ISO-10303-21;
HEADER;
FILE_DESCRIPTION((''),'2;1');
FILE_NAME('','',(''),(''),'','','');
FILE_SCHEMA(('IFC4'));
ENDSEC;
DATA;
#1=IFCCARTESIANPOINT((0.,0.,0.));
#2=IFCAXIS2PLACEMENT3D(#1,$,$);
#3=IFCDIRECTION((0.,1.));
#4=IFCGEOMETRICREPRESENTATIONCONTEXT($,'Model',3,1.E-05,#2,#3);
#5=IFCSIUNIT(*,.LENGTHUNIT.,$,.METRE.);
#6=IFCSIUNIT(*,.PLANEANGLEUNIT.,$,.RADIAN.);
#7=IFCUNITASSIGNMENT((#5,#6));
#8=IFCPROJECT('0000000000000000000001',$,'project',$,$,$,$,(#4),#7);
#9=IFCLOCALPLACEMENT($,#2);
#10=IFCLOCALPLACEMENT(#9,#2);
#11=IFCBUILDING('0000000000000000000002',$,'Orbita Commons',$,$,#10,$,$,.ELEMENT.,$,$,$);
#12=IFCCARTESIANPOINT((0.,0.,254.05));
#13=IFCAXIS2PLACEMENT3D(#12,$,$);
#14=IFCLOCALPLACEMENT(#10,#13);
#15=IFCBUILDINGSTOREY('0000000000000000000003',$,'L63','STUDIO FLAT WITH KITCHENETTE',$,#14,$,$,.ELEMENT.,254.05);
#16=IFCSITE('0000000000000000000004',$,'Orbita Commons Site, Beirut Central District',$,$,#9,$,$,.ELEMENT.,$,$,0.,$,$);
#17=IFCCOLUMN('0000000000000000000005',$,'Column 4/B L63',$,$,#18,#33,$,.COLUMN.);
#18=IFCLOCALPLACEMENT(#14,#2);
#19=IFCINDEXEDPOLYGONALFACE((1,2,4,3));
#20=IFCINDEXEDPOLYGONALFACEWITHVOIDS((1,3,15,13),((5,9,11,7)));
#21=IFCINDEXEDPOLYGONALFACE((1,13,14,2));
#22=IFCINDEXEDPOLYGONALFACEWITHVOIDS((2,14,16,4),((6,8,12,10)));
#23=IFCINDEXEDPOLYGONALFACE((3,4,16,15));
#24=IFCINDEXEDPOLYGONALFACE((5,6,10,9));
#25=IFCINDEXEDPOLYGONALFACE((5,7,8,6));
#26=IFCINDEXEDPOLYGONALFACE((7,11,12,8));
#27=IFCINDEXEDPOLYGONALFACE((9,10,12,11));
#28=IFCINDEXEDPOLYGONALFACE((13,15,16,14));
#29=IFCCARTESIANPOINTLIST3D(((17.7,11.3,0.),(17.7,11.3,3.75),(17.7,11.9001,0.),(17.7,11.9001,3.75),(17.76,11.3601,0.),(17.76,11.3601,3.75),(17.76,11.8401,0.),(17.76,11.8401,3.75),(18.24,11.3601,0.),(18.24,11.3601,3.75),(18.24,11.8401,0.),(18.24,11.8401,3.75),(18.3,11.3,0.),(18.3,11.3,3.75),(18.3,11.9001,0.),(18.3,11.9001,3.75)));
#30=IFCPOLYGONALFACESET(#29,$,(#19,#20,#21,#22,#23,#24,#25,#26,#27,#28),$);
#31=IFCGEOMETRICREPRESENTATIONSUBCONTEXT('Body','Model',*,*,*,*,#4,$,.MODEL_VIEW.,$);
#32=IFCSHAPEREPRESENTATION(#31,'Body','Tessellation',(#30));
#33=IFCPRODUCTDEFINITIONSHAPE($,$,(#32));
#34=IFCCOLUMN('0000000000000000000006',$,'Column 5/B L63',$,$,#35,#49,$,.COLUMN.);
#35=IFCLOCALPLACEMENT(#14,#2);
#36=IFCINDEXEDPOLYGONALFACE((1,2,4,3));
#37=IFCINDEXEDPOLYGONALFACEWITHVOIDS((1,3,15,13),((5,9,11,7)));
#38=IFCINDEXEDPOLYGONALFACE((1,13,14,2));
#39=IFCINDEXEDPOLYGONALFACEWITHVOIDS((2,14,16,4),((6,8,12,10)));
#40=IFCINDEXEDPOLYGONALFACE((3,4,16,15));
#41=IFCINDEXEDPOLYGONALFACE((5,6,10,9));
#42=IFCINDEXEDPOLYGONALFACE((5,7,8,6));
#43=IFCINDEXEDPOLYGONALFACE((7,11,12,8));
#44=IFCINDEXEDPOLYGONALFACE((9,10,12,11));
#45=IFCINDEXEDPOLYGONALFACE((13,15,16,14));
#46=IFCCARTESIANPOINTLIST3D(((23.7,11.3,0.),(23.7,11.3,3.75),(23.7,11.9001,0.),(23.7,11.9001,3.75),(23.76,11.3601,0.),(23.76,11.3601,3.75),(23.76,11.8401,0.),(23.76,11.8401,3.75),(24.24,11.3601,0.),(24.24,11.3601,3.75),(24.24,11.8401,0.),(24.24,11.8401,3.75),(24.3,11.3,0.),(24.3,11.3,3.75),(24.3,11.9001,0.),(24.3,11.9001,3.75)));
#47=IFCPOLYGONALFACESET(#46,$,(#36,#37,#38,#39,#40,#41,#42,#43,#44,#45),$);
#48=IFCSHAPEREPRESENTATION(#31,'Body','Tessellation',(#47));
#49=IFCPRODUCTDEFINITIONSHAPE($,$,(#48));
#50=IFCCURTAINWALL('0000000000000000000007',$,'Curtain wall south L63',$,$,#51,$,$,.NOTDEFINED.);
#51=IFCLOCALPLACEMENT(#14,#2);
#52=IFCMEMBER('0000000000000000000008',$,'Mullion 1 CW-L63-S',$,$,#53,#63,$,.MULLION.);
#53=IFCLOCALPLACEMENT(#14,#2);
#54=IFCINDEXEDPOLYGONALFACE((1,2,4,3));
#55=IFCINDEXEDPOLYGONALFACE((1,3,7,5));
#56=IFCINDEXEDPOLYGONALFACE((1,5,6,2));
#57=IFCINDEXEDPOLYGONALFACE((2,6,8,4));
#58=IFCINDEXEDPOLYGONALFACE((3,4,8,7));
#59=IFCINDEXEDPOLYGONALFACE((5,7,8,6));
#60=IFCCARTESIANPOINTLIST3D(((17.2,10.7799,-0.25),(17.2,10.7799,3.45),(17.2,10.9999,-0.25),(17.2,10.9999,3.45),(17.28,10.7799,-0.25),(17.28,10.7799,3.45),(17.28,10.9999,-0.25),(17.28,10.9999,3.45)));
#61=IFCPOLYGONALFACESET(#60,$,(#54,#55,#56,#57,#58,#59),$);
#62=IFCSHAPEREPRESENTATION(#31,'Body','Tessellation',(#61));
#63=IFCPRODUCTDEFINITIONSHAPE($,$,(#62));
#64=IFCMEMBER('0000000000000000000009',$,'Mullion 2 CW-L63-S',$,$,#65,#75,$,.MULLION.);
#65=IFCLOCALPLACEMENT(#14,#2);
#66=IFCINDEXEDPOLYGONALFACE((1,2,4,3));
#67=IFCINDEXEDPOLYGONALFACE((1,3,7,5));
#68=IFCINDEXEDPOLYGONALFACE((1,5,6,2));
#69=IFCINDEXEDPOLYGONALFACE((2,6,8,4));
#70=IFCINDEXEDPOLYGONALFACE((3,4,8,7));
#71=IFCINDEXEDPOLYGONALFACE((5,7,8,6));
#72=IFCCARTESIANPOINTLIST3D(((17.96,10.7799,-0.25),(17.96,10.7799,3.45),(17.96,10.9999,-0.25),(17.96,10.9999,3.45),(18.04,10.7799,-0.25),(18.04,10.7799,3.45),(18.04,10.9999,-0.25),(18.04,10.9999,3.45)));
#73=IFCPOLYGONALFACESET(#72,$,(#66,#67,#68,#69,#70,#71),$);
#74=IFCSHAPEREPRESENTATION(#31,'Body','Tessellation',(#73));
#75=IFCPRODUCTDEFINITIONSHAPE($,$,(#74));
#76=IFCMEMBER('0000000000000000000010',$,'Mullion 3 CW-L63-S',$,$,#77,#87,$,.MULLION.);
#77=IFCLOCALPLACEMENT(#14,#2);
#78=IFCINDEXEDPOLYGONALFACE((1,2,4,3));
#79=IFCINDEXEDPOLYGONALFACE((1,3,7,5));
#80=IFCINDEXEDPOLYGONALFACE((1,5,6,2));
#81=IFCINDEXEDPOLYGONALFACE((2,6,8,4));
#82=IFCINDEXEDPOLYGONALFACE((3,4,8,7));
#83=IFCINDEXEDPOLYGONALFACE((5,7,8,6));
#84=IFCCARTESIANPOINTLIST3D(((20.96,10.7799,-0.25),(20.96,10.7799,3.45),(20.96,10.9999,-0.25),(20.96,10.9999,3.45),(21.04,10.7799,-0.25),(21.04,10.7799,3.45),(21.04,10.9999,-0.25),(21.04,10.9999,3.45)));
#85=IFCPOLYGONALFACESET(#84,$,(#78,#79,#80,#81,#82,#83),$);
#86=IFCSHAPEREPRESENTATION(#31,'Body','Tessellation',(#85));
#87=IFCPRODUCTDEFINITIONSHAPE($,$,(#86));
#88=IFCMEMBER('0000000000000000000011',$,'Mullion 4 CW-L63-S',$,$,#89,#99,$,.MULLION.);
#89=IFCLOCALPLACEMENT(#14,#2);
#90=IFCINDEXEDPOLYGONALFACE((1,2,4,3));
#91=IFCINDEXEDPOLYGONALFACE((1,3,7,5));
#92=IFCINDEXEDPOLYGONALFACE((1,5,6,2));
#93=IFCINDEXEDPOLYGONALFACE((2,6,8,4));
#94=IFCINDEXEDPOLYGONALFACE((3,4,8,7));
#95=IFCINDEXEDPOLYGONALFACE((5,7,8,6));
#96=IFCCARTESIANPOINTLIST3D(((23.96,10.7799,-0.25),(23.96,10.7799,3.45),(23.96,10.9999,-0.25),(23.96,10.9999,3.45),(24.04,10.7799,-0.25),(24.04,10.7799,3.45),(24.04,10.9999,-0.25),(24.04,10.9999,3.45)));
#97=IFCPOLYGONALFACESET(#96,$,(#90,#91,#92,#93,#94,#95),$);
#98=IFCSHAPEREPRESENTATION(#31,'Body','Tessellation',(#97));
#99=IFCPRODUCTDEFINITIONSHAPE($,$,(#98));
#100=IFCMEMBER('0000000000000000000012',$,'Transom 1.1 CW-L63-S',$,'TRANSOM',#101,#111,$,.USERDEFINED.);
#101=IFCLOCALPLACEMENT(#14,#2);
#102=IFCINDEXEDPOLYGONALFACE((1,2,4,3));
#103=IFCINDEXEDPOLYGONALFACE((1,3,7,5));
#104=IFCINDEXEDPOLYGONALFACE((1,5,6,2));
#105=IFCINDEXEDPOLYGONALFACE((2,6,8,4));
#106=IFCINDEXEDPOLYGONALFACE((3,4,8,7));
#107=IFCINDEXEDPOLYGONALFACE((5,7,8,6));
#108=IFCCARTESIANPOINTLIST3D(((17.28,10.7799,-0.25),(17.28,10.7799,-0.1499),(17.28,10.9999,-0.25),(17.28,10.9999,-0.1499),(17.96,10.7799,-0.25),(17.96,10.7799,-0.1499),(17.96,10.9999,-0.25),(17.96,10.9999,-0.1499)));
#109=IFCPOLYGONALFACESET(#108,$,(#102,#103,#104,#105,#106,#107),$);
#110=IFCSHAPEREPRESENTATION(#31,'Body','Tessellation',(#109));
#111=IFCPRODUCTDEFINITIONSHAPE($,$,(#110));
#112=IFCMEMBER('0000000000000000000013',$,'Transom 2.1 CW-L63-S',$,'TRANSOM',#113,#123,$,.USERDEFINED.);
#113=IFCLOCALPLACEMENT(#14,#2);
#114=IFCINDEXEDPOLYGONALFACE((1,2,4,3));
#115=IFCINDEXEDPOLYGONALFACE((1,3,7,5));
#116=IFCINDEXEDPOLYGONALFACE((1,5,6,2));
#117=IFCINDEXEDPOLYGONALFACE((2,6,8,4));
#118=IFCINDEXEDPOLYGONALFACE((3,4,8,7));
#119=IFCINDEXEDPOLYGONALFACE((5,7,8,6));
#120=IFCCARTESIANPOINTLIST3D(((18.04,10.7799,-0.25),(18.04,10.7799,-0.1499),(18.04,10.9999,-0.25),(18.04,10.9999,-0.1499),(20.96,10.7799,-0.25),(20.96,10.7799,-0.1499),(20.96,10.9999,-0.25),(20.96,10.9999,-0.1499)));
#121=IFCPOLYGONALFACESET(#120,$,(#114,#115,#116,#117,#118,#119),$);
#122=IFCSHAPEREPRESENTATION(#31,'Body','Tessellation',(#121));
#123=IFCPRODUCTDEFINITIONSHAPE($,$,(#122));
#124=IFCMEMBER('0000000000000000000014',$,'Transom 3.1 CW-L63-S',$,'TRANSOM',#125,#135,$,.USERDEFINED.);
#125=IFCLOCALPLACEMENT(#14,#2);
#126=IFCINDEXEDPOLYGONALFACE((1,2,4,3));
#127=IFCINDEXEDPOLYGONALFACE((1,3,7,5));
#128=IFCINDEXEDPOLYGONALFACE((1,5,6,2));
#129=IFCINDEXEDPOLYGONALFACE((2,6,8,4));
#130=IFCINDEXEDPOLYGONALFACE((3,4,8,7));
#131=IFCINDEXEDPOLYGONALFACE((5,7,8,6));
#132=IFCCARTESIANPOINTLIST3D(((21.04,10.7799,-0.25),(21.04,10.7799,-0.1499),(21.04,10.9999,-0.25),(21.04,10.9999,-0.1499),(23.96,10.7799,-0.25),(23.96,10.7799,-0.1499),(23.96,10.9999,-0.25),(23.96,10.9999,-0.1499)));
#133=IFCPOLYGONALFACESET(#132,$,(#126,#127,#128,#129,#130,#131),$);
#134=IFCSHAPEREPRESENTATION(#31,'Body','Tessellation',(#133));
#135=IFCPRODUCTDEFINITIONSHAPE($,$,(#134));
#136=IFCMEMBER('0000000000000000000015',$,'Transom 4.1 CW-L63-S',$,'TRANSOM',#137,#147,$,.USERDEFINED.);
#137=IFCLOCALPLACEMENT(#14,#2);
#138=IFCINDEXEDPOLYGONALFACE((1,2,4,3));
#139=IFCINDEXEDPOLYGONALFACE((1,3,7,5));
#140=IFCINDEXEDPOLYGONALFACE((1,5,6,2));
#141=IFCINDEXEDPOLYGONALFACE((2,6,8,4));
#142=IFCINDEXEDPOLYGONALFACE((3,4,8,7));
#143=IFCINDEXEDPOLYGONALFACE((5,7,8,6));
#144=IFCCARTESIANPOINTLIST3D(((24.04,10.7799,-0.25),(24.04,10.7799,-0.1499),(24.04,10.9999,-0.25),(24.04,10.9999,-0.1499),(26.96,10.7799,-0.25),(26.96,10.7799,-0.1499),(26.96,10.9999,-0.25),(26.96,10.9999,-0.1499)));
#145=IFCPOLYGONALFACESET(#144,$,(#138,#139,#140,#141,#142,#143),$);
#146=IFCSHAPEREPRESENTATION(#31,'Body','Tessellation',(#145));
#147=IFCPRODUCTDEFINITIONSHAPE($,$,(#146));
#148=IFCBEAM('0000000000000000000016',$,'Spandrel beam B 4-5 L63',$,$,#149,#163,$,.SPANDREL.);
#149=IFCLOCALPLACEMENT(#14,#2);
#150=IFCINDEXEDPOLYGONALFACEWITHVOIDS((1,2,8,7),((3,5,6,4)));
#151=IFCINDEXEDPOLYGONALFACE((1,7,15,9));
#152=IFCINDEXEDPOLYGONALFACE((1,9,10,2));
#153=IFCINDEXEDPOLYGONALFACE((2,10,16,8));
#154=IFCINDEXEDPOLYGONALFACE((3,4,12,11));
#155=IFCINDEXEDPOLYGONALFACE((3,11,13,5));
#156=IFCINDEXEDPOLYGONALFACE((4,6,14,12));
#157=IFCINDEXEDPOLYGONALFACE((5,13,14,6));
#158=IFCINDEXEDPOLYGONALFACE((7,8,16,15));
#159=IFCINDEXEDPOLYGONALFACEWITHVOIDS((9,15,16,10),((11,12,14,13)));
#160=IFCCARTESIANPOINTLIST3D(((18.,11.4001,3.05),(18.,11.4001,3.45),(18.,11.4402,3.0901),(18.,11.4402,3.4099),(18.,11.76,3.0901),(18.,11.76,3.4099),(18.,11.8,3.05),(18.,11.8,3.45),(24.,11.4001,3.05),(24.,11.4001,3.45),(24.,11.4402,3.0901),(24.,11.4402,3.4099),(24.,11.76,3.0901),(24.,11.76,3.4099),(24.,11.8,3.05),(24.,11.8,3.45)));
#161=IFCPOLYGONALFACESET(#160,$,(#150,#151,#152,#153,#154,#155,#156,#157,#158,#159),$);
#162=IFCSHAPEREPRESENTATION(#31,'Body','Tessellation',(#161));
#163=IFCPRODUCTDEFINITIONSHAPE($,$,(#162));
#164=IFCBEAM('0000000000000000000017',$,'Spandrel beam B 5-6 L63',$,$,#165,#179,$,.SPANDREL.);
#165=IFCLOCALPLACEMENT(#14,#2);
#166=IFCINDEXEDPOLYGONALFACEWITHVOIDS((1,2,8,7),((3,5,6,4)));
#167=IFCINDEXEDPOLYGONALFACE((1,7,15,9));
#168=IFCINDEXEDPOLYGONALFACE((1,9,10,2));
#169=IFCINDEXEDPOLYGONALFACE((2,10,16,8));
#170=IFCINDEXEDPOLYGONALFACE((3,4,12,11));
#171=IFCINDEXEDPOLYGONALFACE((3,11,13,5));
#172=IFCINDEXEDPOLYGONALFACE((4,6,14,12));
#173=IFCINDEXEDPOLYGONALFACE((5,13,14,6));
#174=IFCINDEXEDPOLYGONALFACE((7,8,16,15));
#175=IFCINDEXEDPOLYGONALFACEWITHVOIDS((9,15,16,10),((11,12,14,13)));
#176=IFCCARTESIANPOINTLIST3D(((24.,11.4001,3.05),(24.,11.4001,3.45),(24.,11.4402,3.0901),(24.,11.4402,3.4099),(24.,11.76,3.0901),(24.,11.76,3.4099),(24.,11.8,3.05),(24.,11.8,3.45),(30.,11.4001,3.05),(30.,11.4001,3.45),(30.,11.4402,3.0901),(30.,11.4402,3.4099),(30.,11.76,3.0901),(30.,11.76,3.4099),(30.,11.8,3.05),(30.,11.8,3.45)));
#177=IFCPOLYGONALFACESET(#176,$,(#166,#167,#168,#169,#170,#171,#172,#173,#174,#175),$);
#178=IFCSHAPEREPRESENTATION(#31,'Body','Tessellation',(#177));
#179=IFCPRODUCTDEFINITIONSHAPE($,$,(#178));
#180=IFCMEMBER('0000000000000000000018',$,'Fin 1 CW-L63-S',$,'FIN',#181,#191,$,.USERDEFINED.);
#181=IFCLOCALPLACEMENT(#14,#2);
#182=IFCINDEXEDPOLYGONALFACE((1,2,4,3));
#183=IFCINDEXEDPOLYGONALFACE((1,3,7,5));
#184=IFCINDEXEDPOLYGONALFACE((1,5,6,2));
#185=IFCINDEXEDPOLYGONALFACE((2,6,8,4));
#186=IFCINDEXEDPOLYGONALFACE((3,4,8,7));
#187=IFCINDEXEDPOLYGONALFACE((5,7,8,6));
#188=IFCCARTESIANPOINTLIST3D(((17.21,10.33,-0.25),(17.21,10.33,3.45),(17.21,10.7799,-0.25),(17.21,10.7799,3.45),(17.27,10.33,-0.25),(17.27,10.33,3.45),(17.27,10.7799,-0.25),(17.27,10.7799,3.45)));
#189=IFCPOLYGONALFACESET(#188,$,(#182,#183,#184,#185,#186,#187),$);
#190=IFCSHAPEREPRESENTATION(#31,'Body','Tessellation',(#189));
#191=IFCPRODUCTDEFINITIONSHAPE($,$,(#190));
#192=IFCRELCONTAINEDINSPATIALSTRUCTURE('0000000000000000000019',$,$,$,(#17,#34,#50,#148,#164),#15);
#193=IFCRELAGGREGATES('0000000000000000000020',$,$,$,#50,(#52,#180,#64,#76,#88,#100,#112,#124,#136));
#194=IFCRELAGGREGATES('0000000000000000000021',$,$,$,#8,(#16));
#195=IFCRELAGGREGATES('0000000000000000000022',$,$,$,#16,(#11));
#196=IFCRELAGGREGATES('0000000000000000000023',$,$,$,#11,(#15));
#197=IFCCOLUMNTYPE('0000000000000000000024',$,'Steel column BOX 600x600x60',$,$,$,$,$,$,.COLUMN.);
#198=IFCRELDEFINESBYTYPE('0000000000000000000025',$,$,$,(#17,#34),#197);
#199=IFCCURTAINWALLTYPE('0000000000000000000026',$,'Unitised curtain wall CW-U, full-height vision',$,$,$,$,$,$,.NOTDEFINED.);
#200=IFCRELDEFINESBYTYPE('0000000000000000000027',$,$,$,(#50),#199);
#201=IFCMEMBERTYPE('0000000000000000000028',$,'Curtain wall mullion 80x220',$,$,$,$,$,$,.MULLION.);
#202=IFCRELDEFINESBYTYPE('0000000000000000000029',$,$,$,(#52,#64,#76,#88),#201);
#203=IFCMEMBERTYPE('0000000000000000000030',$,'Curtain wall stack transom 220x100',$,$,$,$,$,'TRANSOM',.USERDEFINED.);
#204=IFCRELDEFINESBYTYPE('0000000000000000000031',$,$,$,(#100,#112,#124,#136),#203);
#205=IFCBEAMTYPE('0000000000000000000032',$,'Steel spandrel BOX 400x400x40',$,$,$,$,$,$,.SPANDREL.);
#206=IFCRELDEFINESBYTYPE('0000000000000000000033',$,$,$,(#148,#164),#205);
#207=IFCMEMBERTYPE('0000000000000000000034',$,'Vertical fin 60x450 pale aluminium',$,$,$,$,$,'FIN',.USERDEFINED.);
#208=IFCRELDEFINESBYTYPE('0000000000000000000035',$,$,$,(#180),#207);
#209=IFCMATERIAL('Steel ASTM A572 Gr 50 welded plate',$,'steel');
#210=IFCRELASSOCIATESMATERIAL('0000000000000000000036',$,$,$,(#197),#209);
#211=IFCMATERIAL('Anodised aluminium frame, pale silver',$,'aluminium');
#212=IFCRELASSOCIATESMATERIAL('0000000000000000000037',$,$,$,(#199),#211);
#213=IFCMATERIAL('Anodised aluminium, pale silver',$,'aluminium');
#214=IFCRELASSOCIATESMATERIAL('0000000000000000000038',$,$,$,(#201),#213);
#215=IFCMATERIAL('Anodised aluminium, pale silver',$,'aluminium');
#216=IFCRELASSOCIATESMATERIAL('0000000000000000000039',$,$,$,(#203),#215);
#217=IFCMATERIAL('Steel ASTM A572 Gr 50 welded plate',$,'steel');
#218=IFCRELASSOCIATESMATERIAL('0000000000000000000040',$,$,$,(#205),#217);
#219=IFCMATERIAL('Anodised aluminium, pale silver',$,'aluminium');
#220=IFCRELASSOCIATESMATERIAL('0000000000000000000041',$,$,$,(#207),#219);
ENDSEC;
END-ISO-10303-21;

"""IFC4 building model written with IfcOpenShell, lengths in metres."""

from ifc_helpers import new_model, si_unit, direction, frame, origin, origin_2d, place, context, subcontext, project, spatial, rectangle, hollow_rectangle, extrude, material, material_profile, profile_set, type_object, element, aggregate, save


model = new_model("IFC4")

# Units and contexts
model_context = context("Model", 3, precision=1e-05, world=origin(), true_north=direction((0.0, 1.0)))
body_context = subcontext(model_context, "Body", "Model", "MODEL_VIEW")
ifc_project = project(units=[si_unit("LENGTHUNIT", "METRE"), si_unit("PLANEANGLEUNIT", "RADIAN")], contexts=[model_context])

# Site, building, storey
site_placement = place(None, origin())
site = spatial("IfcSite", under=ifc_project, at=site_placement, Name="Orbita Commons Site, Beirut Central District", CompositionType="ELEMENT", RefElevation=0.0)
building_placement = place(site_placement, origin())
building = spatial("IfcBuilding", under=site, at=building_placement, Name="Orbita Commons", CompositionType="ELEMENT")
storey_placement = place(building_placement, frame((0.0, 0.0, 254.05)))
storey = spatial("IfcBuildingStorey", under=building, at=storey_placement, Name="L63", Description="STUDIO FLAT WITH KITCHENETTE", CompositionType="ELEMENT", Elevation=254.05)

# Columns
ifc_material_1 = material(Name="Steel ASTM A572 Gr 50 welded plate", Category="steel")
ifc_material_profile_1 = material_profile(ifc_material_1, hollow_rectangle(XDim=0.6001, YDim=0.6001, WallThickness=0.0601, at=origin_2d()), Name="BOX 600x600x60")
ifc_profile_set_1 = profile_set([ifc_material_profile_1], Name="Steel ASTM A572 Gr 50 welded plate")
column_type = type_object("IfcColumnType", Name="Steel column BOX 600x600x60", PredefinedType="COLUMN", material=ifc_profile_set_1)
for number, where, z_axis, x_axis, name in (
    (1, (18.0, 11.6001, 0.0), (0.0, 0.0, 1.0), (1.0, 0.0, 0.0), "Column 4/B L63"),
    (2, (24.0, 11.6001, 0.0), (0.0, 0.0, 1.0), (1.0, 0.0, 0.0), "Column 5/B L63"),
):
    element("IfcColumn", number, at=place(storey_placement, frame(where, z_axis=z_axis, x_axis=x_axis)), inside=storey, type_object=column_type, Name=name, PredefinedType="COLUMN", context=body_context, shape_type="SweptSolid", body=[
        extrude(hollow_rectangle(XDim=0.6001, YDim=0.6001, WallThickness=0.0601, at=origin_2d()), origin(), (0.0, 0.0, 1.0), 3.75),
    ])

# Curtain wall, members
ifc_material_2 = material(Name="Anodised aluminium frame, pale silver", Category="aluminium")
curtain_wall_type = type_object("IfcCurtainWallType", Name="Unitised curtain wall CW-U, full-height vision", PredefinedType="NOTDEFINED", material=ifc_material_2)
curtain_wall_placement = place(storey_placement, origin())
curtain_wall = element("IfcCurtainWall", 3, at=curtain_wall_placement, inside=storey, type_object=curtain_wall_type, Name="Curtain wall south L63", PredefinedType="NOTDEFINED")
ifc_material_3 = material(Name="Anodised aluminium, pale silver", Category="aluminium")
ifc_material_profile_2 = material_profile(ifc_material_3, rectangle(XDim=0.0801, YDim=0.22, at=origin_2d()), Name="AL 80x220")
ifc_profile_set_2 = profile_set([ifc_material_profile_2], Name="Anodised aluminium, pale silver")
member_type_1 = type_object("IfcMemberType", Name="Curtain wall mullion 80x220", PredefinedType="MULLION", material=ifc_profile_set_2)
member_1_placement = place(storey_placement, frame((17.24, 10.8899, -0.25), z_axis=(0.0, 0.0, 1.0), x_axis=(1.0, 0.0, 0.0)))
member_1 = element("IfcMember", 4, at=member_1_placement, type_object=member_type_1, Name="Mullion 1 CW-L63-S", PredefinedType="MULLION", context=body_context, shape_type="SweptSolid", body=[
    extrude(rectangle(XDim=0.0801, YDim=0.22, at=origin_2d()), origin(), (0.0, 0.0, 1.0), 3.7),
])
member_2_placement = place(storey_placement, frame((18.0, 10.8899, -0.25), z_axis=(0.0, 0.0, 1.0), x_axis=(1.0, 0.0, 0.0)))
member_2 = element("IfcMember", 5, at=member_2_placement, type_object=member_type_1, Name="Mullion 2 CW-L63-S", PredefinedType="MULLION", context=body_context, shape_type="SweptSolid", body=[
    extrude(rectangle(XDim=0.0801, YDim=0.22, at=origin_2d()), origin(), (0.0, 0.0, 1.0), 3.7),
])
member_3_placement = place(storey_placement, frame((21.0, 10.8899, -0.25), z_axis=(0.0, 0.0, 1.0), x_axis=(1.0, 0.0, 0.0)))
member_3 = element("IfcMember", 6, at=member_3_placement, type_object=member_type_1, Name="Mullion 3 CW-L63-S", PredefinedType="MULLION", context=body_context, shape_type="SweptSolid", body=[
    extrude(rectangle(XDim=0.0801, YDim=0.22, at=origin_2d()), origin(), (0.0, 0.0, 1.0), 3.7),
])
member_4_placement = place(storey_placement, frame((24.0, 10.8899, -0.25), z_axis=(0.0, 0.0, 1.0), x_axis=(1.0, 0.0, 0.0)))
member_4 = element("IfcMember", 7, at=member_4_placement, type_object=member_type_1, Name="Mullion 4 CW-L63-S", PredefinedType="MULLION", context=body_context, shape_type="SweptSolid", body=[
    extrude(rectangle(XDim=0.0801, YDim=0.22, at=origin_2d()), origin(), (0.0, 0.0, 1.0), 3.7),
])
ifc_material_4 = material(Name="Anodised aluminium, pale silver", Category="aluminium")
ifc_material_profile_3 = material_profile(ifc_material_4, rectangle(XDim=0.22, YDim=0.1001, at=origin_2d()), Name="AL 220x100")
ifc_profile_set_3 = profile_set([ifc_material_profile_3], Name="Anodised aluminium, pale silver")
member_type_2 = type_object("IfcMemberType", Name="Curtain wall stack transom 220x100", ElementType="TRANSOM", PredefinedType="USERDEFINED", material=ifc_profile_set_3)
member_5_placement = place(storey_placement, frame((17.28, 10.8899, -0.2), z_axis=(1.0, 0.0, 0.0), x_axis=(0.0, 1.0, 0.0)))
member_5 = element("IfcMember", 8, at=member_5_placement, type_object=member_type_2, Name="Transom 1.1 CW-L63-S", ObjectType="TRANSOM", PredefinedType="USERDEFINED", context=body_context, shape_type="SweptSolid", body=[
    extrude(rectangle(XDim=0.22, YDim=0.1001, at=origin_2d()), origin(), (0.0, 0.0, 1.0), 0.6799),
])
member_6_placement = place(storey_placement, frame((18.04, 10.8899, -0.2), z_axis=(1.0, 0.0, 0.0), x_axis=(0.0, 1.0, 0.0)))
member_6 = element("IfcMember", 9, at=member_6_placement, type_object=member_type_2, Name="Transom 2.1 CW-L63-S", ObjectType="TRANSOM", PredefinedType="USERDEFINED", context=body_context, shape_type="SweptSolid", body=[
    extrude(rectangle(XDim=0.22, YDim=0.1001, at=origin_2d()), origin(), (0.0, 0.0, 1.0), 2.9199),
])
member_7_placement = place(storey_placement, frame((21.04, 10.8899, -0.2), z_axis=(1.0, 0.0, 0.0), x_axis=(0.0, 1.0, 0.0)))
member_7 = element("IfcMember", 10, at=member_7_placement, type_object=member_type_2, Name="Transom 3.1 CW-L63-S", ObjectType="TRANSOM", PredefinedType="USERDEFINED", context=body_context, shape_type="SweptSolid", body=[
    extrude(rectangle(XDim=0.22, YDim=0.1001, at=origin_2d()), origin(), (0.0, 0.0, 1.0), 2.9199),
])
member_8_placement = place(storey_placement, frame((24.04, 10.8899, -0.2), z_axis=(1.0, 0.0, 0.0), x_axis=(0.0, 1.0, 0.0)))
member_8 = element("IfcMember", 11, at=member_8_placement, type_object=member_type_2, Name="Transom 4.1 CW-L63-S", ObjectType="TRANSOM", PredefinedType="USERDEFINED", context=body_context, shape_type="SweptSolid", body=[
    extrude(rectangle(XDim=0.22, YDim=0.1001, at=origin_2d()), origin(), (0.0, 0.0, 1.0), 2.9199),
])

# Beams
ifc_material_5 = material(Name="Steel ASTM A572 Gr 50 welded plate", Category="steel")
ifc_material_profile_4 = material_profile(ifc_material_5, hollow_rectangle(XDim=0.3999, YDim=0.3999, WallThickness=0.04, at=origin_2d()), Name="BOX 400x400x40")
ifc_profile_set_4 = profile_set([ifc_material_profile_4], Name="Steel ASTM A572 Gr 50 welded plate")
beam_type = type_object("IfcBeamType", Name="Steel spandrel BOX 400x400x40", PredefinedType="SPANDREL", material=ifc_profile_set_4)
for number, where, z_axis, x_axis, name in (
    (12, (18.0, 11.6001, 3.25), (1.0, 0.0, 0.0), (0.0, 1.0, 0.0), "Spandrel beam B 4-5 L63"),
    (13, (24.0, 11.6001, 3.25), (1.0, 0.0, 0.0), (0.0, 1.0, 0.0), "Spandrel beam B 5-6 L63"),
):
    element("IfcBeam", number, at=place(storey_placement, frame(where, z_axis=z_axis, x_axis=x_axis)), inside=storey, type_object=beam_type, Name=name, PredefinedType="SPANDREL", context=body_context, shape_type="SweptSolid", body=[
        extrude(hollow_rectangle(XDim=0.3999, YDim=0.3999, WallThickness=0.04, at=origin_2d()), origin(), (0.0, 0.0, 1.0), 6.0),
    ])

# Member
ifc_material_6 = material(Name="Anodised aluminium, pale silver", Category="aluminium")
ifc_material_profile_5 = material_profile(ifc_material_6, rectangle(XDim=0.0601, YDim=0.45, at=origin_2d()), Name="FIN 60x450")
ifc_profile_set_5 = profile_set([ifc_material_profile_5], Name="Anodised aluminium, pale silver")
member_type_3 = type_object("IfcMemberType", Name="Vertical fin 60x450 pale aluminium", ElementType="FIN", PredefinedType="USERDEFINED", material=ifc_profile_set_5)
member_9_placement = place(storey_placement, frame((17.24, 10.5549, -0.25), z_axis=(0.0, 0.0, 1.0), x_axis=(1.0, 0.0, 0.0)))
member_9 = element("IfcMember", 14, at=member_9_placement, type_object=member_type_3, Name="Fin 1 CW-L63-S", ObjectType="FIN", PredefinedType="USERDEFINED", context=body_context, shape_type="SweptSolid", body=[
    extrude(rectangle(XDim=0.0601, YDim=0.45, at=origin_2d()), origin(), (0.0, 0.0, 1.0), 3.7),
])

aggregate(curtain_wall, [member_1, member_9, member_2, member_3, member_4, member_5, member_6, member_7, member_8])

save(model, "model.ifc")
